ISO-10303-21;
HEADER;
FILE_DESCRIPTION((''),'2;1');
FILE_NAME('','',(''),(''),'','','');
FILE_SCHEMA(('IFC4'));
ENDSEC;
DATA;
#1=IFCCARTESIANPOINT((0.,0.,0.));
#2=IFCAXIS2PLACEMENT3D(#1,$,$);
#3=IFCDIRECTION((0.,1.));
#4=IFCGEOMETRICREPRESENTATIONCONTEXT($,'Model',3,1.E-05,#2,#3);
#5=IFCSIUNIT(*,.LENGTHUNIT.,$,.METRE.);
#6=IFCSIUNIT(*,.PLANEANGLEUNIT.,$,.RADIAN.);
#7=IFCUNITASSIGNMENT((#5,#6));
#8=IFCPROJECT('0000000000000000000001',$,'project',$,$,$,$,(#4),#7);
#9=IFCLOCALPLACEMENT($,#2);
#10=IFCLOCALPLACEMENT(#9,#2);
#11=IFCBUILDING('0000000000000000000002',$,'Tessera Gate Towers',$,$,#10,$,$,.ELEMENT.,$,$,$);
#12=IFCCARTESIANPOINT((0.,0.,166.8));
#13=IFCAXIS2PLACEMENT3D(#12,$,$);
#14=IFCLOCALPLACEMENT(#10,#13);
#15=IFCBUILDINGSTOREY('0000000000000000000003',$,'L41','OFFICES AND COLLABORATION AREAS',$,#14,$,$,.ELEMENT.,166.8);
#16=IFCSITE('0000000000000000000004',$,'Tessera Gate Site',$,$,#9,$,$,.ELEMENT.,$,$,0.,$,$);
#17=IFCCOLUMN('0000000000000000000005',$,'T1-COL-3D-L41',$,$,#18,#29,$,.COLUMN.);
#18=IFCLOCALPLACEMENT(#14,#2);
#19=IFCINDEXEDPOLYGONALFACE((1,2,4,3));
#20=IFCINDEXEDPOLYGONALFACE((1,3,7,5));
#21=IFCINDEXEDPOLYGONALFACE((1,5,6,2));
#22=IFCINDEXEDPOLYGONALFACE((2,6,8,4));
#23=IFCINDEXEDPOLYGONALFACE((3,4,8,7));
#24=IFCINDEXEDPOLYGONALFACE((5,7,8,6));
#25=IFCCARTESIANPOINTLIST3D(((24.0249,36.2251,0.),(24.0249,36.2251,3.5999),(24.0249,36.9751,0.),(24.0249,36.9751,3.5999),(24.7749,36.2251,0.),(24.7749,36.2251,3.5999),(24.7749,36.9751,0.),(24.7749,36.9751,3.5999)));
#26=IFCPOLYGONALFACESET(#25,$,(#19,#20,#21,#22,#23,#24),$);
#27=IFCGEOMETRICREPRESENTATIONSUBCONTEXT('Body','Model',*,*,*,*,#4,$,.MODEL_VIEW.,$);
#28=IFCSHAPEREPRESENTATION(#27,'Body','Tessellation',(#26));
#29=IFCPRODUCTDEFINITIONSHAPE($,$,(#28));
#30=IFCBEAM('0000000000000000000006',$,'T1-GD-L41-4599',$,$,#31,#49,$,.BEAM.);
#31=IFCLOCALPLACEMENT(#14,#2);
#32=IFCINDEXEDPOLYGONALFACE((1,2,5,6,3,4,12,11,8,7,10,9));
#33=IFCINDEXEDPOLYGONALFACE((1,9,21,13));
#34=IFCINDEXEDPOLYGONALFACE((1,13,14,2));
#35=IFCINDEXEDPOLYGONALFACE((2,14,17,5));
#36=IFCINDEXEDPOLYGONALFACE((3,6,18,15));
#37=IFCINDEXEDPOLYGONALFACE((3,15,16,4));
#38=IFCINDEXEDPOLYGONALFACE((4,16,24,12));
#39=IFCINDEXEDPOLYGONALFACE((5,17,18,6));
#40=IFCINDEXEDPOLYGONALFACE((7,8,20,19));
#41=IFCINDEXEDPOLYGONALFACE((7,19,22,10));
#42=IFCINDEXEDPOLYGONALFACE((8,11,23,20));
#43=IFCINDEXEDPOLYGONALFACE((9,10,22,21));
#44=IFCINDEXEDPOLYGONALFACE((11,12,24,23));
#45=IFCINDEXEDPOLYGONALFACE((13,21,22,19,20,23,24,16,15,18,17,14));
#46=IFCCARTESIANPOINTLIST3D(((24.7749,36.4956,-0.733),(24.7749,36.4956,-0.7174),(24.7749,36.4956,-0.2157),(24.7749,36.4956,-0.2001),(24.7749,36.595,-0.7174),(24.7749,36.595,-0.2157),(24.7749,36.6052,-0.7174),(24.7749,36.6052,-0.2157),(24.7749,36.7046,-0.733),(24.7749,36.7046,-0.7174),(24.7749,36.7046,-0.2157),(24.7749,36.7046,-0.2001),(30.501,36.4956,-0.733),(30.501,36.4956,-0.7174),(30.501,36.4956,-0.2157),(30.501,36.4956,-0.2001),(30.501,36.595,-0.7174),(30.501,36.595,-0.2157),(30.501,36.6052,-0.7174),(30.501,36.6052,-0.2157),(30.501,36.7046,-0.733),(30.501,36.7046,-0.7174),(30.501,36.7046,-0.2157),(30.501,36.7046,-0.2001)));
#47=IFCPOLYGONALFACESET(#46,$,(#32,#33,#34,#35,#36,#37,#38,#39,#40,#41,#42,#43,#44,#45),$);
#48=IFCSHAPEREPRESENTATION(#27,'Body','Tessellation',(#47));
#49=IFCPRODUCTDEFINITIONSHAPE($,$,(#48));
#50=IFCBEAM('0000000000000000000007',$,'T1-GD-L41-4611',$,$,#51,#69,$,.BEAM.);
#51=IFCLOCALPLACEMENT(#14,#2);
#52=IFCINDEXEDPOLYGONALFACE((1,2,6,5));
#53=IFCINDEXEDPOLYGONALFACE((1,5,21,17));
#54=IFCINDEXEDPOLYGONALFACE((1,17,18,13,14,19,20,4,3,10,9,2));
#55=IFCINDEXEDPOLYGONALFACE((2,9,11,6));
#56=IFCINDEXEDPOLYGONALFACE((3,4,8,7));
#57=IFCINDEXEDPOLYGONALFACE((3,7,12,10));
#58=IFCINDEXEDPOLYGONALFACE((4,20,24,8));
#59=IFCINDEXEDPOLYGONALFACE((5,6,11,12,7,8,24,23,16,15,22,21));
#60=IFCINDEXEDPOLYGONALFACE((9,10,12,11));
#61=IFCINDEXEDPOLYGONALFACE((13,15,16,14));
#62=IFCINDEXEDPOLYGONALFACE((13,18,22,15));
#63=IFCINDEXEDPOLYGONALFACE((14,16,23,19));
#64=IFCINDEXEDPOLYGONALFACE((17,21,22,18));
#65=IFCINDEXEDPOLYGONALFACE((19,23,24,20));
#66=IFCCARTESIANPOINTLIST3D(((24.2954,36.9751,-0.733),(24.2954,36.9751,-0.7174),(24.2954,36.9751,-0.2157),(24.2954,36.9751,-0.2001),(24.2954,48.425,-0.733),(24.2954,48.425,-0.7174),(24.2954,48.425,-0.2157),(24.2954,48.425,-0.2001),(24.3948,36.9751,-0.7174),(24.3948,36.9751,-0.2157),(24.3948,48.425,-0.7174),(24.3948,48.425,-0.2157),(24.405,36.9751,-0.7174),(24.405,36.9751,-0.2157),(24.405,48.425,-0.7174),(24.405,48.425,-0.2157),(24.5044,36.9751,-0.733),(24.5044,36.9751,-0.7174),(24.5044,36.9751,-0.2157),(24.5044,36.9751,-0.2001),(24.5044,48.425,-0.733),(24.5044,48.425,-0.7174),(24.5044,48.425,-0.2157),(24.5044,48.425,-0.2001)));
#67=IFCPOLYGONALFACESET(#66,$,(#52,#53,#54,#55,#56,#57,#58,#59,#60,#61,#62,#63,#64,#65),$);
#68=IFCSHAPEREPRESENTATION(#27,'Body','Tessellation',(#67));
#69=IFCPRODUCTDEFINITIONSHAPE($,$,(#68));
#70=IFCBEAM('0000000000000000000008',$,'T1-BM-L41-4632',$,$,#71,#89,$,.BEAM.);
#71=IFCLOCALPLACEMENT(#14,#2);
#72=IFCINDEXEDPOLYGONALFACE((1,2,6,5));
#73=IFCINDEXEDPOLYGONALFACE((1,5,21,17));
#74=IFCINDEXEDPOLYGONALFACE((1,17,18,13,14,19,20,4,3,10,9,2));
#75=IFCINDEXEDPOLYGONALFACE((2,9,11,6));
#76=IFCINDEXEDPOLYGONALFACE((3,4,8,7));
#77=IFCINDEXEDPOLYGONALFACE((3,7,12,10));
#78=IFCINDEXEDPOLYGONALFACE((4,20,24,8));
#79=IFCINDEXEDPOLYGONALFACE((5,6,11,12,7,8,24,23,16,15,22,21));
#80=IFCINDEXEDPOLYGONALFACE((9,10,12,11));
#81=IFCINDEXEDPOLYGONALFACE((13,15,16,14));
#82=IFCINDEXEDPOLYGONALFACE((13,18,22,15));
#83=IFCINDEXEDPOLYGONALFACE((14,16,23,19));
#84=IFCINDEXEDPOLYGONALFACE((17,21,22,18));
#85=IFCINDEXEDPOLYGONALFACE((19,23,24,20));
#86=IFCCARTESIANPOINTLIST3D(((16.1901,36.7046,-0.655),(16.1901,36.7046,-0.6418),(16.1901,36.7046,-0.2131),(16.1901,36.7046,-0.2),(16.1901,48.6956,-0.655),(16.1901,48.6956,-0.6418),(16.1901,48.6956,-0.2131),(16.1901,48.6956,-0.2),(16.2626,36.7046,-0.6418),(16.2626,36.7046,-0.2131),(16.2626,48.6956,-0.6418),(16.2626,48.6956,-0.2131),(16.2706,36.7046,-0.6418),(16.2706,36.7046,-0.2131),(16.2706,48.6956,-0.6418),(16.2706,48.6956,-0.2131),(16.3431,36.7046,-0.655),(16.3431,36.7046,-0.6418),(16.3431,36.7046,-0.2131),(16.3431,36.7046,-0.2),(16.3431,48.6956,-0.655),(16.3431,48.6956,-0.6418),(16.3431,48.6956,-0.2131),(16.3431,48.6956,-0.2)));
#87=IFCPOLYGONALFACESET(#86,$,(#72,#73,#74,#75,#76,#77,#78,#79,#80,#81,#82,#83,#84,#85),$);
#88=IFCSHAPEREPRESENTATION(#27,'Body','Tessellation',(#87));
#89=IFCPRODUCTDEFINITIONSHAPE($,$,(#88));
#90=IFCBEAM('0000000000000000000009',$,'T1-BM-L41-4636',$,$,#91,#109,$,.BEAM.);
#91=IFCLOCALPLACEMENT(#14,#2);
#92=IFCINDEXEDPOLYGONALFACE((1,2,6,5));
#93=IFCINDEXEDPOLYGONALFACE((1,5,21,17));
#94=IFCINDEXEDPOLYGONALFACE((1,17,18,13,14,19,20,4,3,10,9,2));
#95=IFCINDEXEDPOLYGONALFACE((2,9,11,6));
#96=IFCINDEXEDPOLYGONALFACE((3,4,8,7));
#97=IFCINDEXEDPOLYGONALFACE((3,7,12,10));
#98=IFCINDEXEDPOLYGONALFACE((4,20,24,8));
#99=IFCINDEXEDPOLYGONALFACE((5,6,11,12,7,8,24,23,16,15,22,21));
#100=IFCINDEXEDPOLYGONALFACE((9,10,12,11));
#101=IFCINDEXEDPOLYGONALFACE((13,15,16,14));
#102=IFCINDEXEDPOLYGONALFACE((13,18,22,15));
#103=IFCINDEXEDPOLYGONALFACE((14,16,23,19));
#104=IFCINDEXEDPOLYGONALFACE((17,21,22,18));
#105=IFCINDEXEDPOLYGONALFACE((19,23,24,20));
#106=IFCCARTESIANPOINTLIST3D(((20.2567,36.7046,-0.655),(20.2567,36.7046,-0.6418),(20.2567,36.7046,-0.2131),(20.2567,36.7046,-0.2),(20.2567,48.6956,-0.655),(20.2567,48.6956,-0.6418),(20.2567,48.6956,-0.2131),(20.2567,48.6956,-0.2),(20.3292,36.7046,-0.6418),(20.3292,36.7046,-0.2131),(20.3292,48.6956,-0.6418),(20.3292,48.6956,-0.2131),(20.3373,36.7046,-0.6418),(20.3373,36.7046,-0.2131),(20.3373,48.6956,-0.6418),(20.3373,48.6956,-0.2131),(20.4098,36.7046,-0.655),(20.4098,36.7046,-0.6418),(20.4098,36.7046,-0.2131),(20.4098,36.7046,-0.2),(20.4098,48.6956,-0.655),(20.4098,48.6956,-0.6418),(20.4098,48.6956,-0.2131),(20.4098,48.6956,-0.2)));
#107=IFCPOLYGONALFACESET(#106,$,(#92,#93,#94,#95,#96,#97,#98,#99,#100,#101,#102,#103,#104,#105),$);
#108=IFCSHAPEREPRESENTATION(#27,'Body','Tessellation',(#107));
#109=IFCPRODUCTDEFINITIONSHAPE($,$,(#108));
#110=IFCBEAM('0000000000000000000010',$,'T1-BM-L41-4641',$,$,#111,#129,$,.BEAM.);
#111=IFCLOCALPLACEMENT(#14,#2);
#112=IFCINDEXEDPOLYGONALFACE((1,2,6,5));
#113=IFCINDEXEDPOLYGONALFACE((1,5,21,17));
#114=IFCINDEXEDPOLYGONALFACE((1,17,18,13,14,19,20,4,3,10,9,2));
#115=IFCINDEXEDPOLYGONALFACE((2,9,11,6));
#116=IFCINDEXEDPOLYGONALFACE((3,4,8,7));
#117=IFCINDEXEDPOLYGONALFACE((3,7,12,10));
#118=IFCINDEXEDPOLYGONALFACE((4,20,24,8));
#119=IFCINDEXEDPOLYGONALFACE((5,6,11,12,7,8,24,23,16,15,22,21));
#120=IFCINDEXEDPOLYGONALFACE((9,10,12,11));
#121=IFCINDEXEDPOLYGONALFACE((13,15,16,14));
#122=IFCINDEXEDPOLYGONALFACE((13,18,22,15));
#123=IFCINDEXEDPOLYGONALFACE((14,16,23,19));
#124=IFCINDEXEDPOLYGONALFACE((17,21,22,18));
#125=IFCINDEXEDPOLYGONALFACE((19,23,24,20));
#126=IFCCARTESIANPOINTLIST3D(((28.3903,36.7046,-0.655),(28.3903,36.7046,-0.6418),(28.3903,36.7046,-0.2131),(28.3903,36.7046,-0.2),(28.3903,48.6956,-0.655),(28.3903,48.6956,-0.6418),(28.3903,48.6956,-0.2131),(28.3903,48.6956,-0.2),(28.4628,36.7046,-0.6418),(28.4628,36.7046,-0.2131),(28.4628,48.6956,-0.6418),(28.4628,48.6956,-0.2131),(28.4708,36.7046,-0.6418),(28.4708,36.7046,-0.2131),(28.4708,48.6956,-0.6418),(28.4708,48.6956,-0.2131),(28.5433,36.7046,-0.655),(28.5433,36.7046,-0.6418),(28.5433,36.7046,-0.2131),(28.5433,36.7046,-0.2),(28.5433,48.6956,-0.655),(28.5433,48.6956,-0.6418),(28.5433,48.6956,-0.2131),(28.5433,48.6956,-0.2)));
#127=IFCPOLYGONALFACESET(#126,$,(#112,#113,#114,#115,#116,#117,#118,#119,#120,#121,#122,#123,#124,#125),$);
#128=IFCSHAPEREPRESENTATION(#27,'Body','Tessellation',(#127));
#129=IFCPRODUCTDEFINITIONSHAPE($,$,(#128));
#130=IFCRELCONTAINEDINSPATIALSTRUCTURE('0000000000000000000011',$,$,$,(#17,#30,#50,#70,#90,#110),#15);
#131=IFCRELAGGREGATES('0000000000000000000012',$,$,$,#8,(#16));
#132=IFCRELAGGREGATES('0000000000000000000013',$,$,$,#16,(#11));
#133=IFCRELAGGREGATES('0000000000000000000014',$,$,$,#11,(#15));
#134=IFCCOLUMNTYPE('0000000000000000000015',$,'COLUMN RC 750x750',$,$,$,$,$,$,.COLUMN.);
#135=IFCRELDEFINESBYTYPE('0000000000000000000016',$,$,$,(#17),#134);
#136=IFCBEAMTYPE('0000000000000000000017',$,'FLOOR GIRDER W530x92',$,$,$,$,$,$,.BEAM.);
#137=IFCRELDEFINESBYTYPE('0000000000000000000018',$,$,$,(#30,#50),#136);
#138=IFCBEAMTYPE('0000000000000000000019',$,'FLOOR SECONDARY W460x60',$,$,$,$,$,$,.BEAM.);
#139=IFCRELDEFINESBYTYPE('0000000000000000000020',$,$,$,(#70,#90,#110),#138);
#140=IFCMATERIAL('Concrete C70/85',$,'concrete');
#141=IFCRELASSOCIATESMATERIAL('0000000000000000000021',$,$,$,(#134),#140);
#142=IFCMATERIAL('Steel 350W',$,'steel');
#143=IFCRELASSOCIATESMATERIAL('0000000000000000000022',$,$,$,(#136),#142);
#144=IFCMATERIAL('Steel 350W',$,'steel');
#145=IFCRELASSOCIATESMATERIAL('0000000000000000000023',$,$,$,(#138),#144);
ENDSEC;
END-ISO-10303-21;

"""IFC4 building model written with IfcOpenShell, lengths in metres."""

from ifc_helpers import new_model, si_unit, direction, frame, origin, origin_2d, place, context, subcontext, project, spatial, rectangle, i_section, extrude, material, material_profile, profile_set, type_object, element, save


model = new_model("IFC4")

# Units and contexts
model_context = context("Model", 3, precision=1e-05, world=origin(), true_north=direction((0.0, 1.0)))
body_context = subcontext(model_context, "Body", "Model", "MODEL_VIEW")
ifc_project = project(units=[si_unit("LENGTHUNIT", "METRE"), si_unit("PLANEANGLEUNIT", "RADIAN")], contexts=[model_context])

# Site, building, storey
site_placement = place(None, origin())
site = spatial("IfcSite", under=ifc_project, at=site_placement, Name="Tessera Gate Site", CompositionType="ELEMENT", RefElevation=0.0)
building_placement = place(site_placement, origin())
building = spatial("IfcBuilding", under=site, at=building_placement, Name="Tessera Gate Towers", CompositionType="ELEMENT")
storey_placement = place(building_placement, frame((0.0, 0.0, 166.8)))
storey = spatial("IfcBuildingStorey", under=building, at=storey_placement, Name="L41", Description="OFFICES AND COLLABORATION AREAS", CompositionType="ELEMENT", Elevation=166.8)

# Column
ifc_material_1 = material(Name="Concrete C70/85", Category="concrete")
ifc_material_profile_1 = material_profile(ifc_material_1, rectangle(XDim=0.75, YDim=0.75, at=origin_2d()), Name="RC 750x750")
ifc_profile_set_1 = profile_set([ifc_material_profile_1], Name="Concrete C70/85")
column_type = type_object("IfcColumnType", Name="COLUMN RC 750x750", PredefinedType="COLUMN", material=ifc_profile_set_1)
column_placement = place(storey_placement, frame((24.3999, 36.6001, 0.0), z_axis=(0.0, 0.0, 1.0), x_axis=(1.0, 0.0, 0.0)))
element("IfcColumn", 1, at=column_placement, inside=storey, type_object=column_type, Name="T1-COL-3D-L41", PredefinedType="COLUMN", context=body_context, shape_type="SweptSolid", body=[
    extrude(rectangle(XDim=0.75, YDim=0.75, at=origin_2d()), origin(), (0.0, 0.0, 1.0), 3.5999),
])

# Beams
ifc_material_2 = material(Name="Steel 350W", Category="steel")
ifc_material_profile_2 = material_profile(ifc_material_2, i_section(OverallWidth=0.209, OverallDepth=0.533, WebThickness=0.0103, FlangeThickness=0.0156, at=origin_2d()), Name="W530x92")
ifc_profile_set_2 = profile_set([ifc_material_profile_2], Name="Steel 350W")
beam_type_1 = type_object("IfcBeamType", Name="FLOOR GIRDER W530x92", PredefinedType="BEAM", material=ifc_profile_set_2)
beam_1_placement = place(storey_placement, frame((24.7749, 36.6001, -0.4666), z_axis=(1.0, 0.0, 0.0), x_axis=(0.0, 1.0, 0.0)))
element("IfcBeam", 2, at=beam_1_placement, inside=storey, type_object=beam_type_1, Name="T1-GD-L41-4599", PredefinedType="BEAM", context=body_context, shape_type="SweptSolid", body=[
    extrude(i_section(OverallWidth=0.209, OverallDepth=0.533, WebThickness=0.0103, FlangeThickness=0.0156, at=origin_2d()), origin(), (0.0, 0.0, 1.0), 5.7261),
])
beam_2_placement = place(storey_placement, frame((24.3999, 36.9751, -0.4666), z_axis=(0.0, 1.0, 0.0), x_axis=(-1.0, 0.0, 0.0)))
element("IfcBeam", 3, at=beam_2_placement, inside=storey, type_object=beam_type_1, Name="T1-GD-L41-4611", PredefinedType="BEAM", context=body_context, shape_type="SweptSolid", body=[
    extrude(i_section(OverallWidth=0.209, OverallDepth=0.533, WebThickness=0.0103, FlangeThickness=0.0156, at=origin_2d()), origin(), (0.0, 0.0, 1.0), 11.45),
])
ifc_material_3 = material(Name="Steel 350W", Category="steel")
ifc_material_profile_3 = material_profile(ifc_material_3, i_section(OverallWidth=0.1531, OverallDepth=0.4551, WebThickness=0.0081, FlangeThickness=0.0132, at=origin_2d()), Name="W460x60")
ifc_profile_set_3 = profile_set([ifc_material_profile_3], Name="Steel 350W")
beam_type_2 = type_object("IfcBeamType", Name="FLOOR SECONDARY W460x60", PredefinedType="BEAM", material=ifc_profile_set_3)
for number, where, z_axis, x_axis, name in (
    (4, (16.2666, 36.7046, -0.4275), (0.0, 1.0, 0.0), (-1.0, 0.0, 0.0), "T1-BM-L41-4632"),
    (5, (20.3333, 36.7046, -0.4275), (0.0, 1.0, 0.0), (-1.0, 0.0, 0.0), "T1-BM-L41-4636"),
    (6, (28.4668, 36.7046, -0.4275), (0.0, 1.0, 0.0), (-1.0, 0.0, 0.0), "T1-BM-L41-4641"),
):
    element("IfcBeam", number, at=place(storey_placement, frame(where, z_axis=z_axis, x_axis=x_axis)), inside=storey, type_object=beam_type_2, Name=name, PredefinedType="BEAM", context=body_context, shape_type="SweptSolid", body=[
        extrude(i_section(OverallWidth=0.1531, OverallDepth=0.4551, WebThickness=0.0081, FlangeThickness=0.0132, at=origin_2d()), origin(), (0.0, 0.0, 1.0), 11.991),
    ])

save(model, "model.ifc")
